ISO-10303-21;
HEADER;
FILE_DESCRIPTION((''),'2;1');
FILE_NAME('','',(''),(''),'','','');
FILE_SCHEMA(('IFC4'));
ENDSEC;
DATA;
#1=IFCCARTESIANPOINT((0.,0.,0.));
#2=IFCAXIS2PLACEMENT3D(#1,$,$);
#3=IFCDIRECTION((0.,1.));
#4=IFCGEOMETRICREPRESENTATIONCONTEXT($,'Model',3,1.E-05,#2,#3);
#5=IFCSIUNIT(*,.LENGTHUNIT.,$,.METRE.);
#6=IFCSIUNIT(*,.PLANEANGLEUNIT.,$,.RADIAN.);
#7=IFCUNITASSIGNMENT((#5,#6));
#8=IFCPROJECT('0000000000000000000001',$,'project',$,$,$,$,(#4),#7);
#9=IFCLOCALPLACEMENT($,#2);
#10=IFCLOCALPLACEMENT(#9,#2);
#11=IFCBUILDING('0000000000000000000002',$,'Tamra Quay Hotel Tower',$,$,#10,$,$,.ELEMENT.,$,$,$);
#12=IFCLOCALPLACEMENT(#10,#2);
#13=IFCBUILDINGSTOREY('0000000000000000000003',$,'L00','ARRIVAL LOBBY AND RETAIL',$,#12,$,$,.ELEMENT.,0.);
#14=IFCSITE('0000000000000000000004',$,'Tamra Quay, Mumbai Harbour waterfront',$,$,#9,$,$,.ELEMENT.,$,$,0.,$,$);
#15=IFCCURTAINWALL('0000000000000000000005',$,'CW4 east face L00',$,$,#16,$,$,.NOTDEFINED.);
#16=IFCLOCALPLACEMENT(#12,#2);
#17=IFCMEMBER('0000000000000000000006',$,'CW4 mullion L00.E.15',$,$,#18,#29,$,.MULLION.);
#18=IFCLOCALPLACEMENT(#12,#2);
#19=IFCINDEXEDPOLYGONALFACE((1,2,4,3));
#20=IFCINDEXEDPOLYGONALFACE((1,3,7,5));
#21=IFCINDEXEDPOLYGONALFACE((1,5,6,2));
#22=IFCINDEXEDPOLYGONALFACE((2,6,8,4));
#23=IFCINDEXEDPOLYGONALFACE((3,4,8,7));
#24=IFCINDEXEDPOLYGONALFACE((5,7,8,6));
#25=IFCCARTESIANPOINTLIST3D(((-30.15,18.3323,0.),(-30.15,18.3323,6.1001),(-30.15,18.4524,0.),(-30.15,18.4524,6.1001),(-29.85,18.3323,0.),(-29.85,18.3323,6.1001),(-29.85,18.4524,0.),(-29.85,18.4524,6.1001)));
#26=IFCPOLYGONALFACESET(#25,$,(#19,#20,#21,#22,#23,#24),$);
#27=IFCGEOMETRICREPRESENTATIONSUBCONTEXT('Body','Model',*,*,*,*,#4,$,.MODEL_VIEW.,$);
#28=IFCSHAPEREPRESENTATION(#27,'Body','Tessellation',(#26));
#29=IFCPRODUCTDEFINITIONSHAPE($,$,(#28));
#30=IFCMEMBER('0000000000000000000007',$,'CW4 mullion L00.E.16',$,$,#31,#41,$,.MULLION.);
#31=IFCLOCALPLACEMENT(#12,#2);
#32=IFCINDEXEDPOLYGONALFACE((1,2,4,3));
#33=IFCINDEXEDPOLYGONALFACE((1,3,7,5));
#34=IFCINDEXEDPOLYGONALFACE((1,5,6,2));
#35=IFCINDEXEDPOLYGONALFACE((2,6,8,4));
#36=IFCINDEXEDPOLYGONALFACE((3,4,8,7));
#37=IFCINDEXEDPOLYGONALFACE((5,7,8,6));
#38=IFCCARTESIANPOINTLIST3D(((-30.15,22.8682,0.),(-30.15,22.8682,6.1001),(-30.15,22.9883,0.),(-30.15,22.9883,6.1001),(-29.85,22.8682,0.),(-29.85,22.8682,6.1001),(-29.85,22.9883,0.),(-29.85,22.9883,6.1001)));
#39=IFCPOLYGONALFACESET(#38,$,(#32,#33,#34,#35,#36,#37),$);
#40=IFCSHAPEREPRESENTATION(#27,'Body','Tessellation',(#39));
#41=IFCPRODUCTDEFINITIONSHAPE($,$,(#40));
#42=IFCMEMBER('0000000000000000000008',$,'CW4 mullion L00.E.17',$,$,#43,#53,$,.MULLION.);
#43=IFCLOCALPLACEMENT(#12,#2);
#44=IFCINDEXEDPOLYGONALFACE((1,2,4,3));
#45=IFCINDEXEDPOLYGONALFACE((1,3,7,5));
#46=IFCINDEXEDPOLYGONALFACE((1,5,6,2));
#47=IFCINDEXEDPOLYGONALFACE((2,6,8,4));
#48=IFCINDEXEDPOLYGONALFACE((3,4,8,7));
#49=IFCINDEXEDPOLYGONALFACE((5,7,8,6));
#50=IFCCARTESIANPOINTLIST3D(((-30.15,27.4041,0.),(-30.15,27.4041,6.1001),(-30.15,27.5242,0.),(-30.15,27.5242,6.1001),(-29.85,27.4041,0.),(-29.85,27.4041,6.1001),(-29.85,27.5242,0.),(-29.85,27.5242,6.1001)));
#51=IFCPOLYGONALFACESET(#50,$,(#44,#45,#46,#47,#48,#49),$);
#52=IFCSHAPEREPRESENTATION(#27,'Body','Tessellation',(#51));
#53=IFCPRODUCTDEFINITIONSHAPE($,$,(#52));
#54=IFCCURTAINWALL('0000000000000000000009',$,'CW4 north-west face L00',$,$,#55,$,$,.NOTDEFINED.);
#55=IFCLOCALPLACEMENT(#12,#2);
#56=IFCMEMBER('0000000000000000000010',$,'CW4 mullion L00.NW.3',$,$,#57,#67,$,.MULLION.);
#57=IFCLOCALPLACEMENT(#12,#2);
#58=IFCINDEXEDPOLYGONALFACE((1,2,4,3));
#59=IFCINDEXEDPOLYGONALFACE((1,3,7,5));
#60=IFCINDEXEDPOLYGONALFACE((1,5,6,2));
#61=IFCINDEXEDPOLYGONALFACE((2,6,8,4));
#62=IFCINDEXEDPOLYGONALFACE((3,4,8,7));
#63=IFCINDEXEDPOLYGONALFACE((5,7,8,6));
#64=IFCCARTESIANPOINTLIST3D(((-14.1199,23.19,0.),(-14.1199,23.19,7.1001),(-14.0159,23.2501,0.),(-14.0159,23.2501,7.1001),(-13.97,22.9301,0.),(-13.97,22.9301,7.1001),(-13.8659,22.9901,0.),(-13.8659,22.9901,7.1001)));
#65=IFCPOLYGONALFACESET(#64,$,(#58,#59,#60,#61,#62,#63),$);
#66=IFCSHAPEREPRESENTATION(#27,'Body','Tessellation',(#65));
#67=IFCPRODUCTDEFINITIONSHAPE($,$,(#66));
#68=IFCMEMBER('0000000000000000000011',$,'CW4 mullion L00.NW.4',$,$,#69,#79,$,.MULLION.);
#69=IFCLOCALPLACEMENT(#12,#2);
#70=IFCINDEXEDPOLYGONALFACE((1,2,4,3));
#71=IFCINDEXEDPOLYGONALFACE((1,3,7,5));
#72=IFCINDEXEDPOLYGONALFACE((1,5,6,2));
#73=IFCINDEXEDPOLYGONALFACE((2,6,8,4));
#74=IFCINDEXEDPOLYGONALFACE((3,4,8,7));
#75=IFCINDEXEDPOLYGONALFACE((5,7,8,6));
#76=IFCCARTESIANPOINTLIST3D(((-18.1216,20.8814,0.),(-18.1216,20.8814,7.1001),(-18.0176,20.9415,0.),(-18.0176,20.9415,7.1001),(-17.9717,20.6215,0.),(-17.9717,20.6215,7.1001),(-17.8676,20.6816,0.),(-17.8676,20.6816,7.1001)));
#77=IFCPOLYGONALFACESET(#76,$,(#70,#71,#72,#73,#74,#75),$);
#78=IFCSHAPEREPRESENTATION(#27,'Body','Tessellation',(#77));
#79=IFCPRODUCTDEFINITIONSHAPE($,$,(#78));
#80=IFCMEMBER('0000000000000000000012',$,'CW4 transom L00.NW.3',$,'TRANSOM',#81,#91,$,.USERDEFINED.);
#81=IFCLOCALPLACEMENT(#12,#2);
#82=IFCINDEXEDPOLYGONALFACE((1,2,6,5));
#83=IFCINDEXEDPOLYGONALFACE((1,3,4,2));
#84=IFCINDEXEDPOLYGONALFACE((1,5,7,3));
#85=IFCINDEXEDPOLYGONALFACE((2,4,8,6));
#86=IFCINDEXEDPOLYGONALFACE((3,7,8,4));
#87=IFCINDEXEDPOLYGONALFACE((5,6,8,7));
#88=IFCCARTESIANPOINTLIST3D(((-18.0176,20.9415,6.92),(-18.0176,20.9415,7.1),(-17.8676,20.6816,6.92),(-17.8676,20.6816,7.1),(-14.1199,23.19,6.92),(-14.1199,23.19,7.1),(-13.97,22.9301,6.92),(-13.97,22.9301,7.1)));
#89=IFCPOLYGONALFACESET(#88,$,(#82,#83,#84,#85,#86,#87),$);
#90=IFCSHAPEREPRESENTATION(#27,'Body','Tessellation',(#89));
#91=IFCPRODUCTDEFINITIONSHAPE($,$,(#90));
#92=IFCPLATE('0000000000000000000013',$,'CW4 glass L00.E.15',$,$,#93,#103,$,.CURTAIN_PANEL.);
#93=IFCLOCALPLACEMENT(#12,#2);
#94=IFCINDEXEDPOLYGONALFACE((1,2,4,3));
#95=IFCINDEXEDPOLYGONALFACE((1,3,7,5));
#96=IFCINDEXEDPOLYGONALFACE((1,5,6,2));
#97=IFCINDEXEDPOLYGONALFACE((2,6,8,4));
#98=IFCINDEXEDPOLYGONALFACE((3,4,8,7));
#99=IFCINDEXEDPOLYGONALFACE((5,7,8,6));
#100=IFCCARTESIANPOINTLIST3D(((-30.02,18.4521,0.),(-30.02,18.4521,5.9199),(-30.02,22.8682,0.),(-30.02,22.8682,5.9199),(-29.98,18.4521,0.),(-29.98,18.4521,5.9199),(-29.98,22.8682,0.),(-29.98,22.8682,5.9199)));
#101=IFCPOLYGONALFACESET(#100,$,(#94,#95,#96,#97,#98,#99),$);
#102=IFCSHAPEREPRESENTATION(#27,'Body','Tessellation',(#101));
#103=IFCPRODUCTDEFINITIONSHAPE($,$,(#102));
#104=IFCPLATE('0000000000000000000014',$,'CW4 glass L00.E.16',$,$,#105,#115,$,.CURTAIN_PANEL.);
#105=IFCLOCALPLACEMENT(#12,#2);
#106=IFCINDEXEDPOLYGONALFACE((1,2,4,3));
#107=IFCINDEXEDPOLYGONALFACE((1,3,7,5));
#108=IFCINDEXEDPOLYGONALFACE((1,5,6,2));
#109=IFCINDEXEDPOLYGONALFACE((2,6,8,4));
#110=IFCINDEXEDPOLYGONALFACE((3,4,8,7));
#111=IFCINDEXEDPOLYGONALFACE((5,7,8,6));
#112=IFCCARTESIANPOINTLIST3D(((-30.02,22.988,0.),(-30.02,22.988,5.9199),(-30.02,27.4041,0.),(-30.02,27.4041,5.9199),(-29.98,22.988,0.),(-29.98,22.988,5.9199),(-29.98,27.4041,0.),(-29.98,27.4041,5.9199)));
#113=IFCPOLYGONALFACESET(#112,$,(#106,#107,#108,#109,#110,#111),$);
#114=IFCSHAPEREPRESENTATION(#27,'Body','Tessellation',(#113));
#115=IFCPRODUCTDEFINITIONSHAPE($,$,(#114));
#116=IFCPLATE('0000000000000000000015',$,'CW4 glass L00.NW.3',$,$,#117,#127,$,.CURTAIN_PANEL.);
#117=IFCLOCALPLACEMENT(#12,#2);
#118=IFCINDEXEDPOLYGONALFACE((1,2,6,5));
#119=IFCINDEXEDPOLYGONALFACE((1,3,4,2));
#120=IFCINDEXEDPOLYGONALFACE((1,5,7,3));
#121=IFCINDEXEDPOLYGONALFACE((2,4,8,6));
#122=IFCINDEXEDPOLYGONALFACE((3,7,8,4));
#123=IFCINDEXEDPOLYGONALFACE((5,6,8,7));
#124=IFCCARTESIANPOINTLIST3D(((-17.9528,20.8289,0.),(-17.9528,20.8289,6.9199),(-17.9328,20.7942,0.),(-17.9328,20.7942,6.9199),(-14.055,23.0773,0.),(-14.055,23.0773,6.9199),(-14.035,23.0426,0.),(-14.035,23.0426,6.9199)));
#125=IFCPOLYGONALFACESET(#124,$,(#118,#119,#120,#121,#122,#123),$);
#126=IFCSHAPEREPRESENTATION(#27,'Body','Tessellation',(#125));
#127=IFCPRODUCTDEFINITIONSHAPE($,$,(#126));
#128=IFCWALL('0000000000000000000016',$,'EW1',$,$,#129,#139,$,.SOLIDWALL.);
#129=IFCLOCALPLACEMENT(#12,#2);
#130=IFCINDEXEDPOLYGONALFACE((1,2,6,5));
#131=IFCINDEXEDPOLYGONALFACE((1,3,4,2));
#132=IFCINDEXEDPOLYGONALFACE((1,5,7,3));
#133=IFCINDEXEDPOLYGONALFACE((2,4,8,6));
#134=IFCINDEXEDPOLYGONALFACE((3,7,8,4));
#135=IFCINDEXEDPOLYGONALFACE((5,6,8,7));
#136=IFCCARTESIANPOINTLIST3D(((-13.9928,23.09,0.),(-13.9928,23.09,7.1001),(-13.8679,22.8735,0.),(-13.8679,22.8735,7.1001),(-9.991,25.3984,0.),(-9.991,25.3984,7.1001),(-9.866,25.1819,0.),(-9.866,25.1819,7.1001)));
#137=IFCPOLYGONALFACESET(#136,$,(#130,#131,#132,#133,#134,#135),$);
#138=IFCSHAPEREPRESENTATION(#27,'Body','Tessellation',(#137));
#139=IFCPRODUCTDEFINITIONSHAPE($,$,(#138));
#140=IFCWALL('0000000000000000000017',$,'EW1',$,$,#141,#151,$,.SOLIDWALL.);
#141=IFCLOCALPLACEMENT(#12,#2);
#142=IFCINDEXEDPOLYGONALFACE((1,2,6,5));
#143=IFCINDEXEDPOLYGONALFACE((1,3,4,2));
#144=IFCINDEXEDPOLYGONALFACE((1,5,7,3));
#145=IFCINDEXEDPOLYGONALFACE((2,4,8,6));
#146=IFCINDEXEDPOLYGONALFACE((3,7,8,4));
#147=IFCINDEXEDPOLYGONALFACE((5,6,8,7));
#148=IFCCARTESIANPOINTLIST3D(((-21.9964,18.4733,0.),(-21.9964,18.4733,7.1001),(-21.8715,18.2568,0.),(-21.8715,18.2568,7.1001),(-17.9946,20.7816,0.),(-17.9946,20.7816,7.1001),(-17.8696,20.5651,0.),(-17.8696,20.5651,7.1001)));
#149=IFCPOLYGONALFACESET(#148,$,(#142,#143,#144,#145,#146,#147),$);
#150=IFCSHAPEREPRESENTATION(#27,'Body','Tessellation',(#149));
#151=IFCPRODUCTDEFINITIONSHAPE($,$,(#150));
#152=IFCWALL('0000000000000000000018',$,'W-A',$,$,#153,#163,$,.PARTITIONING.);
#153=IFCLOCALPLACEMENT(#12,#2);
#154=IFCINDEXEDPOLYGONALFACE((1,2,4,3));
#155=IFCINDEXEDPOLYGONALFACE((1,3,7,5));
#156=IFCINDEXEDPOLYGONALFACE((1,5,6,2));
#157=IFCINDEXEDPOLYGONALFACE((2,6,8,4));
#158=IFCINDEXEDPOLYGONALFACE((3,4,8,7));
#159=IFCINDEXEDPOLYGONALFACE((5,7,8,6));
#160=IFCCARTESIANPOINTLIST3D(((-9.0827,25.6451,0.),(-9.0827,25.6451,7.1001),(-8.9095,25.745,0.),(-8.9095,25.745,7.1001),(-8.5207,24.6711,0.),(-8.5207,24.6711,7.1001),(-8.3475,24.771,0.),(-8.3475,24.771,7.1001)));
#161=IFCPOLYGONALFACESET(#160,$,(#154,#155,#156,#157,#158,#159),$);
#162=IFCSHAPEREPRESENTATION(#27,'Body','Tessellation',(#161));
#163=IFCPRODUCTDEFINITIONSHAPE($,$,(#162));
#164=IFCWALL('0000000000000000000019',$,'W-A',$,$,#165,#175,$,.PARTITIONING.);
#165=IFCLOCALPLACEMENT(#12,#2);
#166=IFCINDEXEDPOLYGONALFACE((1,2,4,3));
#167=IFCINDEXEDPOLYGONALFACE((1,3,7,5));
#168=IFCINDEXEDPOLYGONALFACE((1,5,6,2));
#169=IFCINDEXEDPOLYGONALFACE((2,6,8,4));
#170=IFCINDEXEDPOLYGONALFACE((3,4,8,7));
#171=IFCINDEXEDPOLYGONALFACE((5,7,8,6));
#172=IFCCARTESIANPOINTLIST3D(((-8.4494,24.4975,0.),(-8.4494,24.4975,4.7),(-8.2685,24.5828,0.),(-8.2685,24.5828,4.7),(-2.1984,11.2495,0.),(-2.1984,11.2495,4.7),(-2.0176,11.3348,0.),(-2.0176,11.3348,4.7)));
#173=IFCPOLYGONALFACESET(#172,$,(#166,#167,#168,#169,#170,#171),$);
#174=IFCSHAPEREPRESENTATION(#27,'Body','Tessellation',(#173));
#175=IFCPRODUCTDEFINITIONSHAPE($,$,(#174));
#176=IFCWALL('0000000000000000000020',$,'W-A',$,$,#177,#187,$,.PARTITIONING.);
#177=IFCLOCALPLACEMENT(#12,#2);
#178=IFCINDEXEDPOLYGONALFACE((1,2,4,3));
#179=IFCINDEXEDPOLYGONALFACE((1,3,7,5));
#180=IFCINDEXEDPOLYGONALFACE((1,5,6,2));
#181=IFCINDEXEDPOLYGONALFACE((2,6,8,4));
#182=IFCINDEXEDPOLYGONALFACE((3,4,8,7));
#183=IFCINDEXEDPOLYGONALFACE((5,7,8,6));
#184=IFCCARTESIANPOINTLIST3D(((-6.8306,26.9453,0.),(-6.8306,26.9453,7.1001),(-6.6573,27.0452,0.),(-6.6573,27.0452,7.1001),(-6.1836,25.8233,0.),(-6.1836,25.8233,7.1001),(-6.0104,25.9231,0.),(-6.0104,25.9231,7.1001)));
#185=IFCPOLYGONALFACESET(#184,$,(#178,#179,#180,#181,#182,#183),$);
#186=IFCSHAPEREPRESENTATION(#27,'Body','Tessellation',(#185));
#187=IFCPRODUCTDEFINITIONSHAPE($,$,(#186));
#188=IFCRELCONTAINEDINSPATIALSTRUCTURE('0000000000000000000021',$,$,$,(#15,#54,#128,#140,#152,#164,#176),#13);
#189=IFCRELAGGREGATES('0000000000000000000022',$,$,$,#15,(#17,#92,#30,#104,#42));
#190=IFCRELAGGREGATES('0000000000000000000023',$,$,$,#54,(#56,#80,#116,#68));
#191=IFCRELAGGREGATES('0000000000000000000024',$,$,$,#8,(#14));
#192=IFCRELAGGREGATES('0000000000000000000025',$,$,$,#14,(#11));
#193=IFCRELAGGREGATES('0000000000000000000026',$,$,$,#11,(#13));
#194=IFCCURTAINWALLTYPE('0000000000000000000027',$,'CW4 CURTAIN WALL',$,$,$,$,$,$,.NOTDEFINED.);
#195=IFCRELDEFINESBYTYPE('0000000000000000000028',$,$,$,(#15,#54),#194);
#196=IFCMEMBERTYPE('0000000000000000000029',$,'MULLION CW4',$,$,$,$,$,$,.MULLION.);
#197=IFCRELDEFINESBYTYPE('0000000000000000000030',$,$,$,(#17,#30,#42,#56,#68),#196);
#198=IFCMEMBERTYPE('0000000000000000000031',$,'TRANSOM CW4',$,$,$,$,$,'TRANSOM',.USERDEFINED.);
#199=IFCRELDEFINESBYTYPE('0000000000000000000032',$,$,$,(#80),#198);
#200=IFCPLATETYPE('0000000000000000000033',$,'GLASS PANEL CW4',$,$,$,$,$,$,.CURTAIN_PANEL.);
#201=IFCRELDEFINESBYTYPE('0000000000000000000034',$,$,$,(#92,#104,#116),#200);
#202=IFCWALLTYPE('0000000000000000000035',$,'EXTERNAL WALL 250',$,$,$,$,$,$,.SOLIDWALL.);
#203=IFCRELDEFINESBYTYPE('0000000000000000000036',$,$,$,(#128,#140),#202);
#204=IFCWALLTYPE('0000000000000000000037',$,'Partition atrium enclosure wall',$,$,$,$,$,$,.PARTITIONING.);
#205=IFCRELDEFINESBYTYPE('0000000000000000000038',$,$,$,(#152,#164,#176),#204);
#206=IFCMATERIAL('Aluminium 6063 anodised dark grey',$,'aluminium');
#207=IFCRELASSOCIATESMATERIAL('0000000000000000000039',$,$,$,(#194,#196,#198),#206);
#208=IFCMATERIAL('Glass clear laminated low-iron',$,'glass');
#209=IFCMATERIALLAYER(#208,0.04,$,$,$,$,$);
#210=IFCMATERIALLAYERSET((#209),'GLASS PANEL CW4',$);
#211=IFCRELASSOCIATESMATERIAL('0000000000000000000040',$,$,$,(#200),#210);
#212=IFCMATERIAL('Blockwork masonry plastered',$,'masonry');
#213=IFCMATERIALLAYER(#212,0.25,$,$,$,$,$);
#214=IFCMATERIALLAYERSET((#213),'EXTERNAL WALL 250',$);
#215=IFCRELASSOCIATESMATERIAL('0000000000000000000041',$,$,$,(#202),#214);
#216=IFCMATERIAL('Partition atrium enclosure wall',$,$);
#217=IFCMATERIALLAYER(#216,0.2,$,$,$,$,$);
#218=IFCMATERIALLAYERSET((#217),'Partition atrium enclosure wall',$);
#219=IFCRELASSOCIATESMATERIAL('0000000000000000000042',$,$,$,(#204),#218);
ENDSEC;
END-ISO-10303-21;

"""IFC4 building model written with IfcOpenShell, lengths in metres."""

from ifc_helpers import new_model, si_unit, direction, frame, frame_2d, origin, origin_2d, place, context, subcontext, project, spatial, rectangle, extrude, material, layer, layer_set, material_profile, profile_set, type_object, element, aggregate, save


model = new_model("IFC4")

# Units and contexts
model_context = context("Model", 3, precision=1e-05, world=origin(), true_north=direction((0.0, 1.0)))
body_context = subcontext(model_context, "Body", "Model", "MODEL_VIEW")
ifc_project = project(units=[si_unit("LENGTHUNIT", "METRE"), si_unit("PLANEANGLEUNIT", "RADIAN")], contexts=[model_context])

# Site, building, storey
site_placement = place(None, origin())
site = spatial("IfcSite", under=ifc_project, at=site_placement, Name="Tamra Quay, Mumbai Harbour waterfront", CompositionType="ELEMENT", RefElevation=0.0)
building_placement = place(site_placement, origin())
building = spatial("IfcBuilding", under=site, at=building_placement, Name="Tamra Quay Hotel Tower", CompositionType="ELEMENT")
storey_placement = place(building_placement, origin())
storey = spatial("IfcBuildingStorey", under=building, at=storey_placement, Name="L00", Description="ARRIVAL LOBBY AND RETAIL", CompositionType="ELEMENT", Elevation=0.0)

# Curtain walls, members
ifc_material_1 = material(Name="Aluminium 6063 anodised dark grey", Category="aluminium")
curtain_wall_type = type_object("IfcCurtainWallType", Name="CW4 CURTAIN WALL", PredefinedType="NOTDEFINED", material=ifc_material_1)
curtain_wall_1_placement = place(storey_placement, origin())
curtain_wall_1 = element("IfcCurtainWall", 1, at=curtain_wall_1_placement, inside=storey, type_object=curtain_wall_type, Name="CW4 east face L00", PredefinedType="NOTDEFINED")
ifc_material_profile_1 = material_profile(ifc_material_1, rectangle(XDim=0.3, YDim=0.1201, at=origin_2d()), Name="MULLION 120X300")
ifc_profile_set_1 = profile_set([ifc_material_profile_1], Name="Aluminium 6063 anodised dark grey")
member_type_1 = type_object("IfcMemberType", Name="MULLION CW4", PredefinedType="MULLION", material=ifc_profile_set_1)
member_1_placement = place(storey_placement, frame((-30.0, 18.3923, 0.0), z_axis=(0.0, 0.0, 1.0), x_axis=(1.0, 0.0, 0.0)))
member_1 = element("IfcMember", 2, at=member_1_placement, type_object=member_type_1, Name="CW4 mullion L00.E.15", PredefinedType="MULLION", context=body_context, shape_type="SweptSolid", body=[
    extrude(rectangle(XDim=0.3, YDim=0.1201, at=origin_2d()), origin(), (0.0, 0.0, 1.0), 6.1001),
])
member_2_placement = place(storey_placement, frame((-30.0, 22.9282, 0.0), z_axis=(0.0, 0.0, 1.0), x_axis=(1.0, 0.0, 0.0)))
member_2 = element("IfcMember", 3, at=member_2_placement, type_object=member_type_1, Name="CW4 mullion L00.E.16", PredefinedType="MULLION", context=body_context, shape_type="SweptSolid", body=[
    extrude(rectangle(XDim=0.3, YDim=0.1201, at=origin_2d()), origin(), (0.0, 0.0, 1.0), 6.1001),
])
member_3_placement = place(storey_placement, frame((-30.0, 27.4641, 0.0), z_axis=(0.0, 0.0, 1.0), x_axis=(1.0, 0.0, 0.0)))
member_3 = element("IfcMember", 4, at=member_3_placement, type_object=member_type_1, Name="CW4 mullion L00.E.17", PredefinedType="MULLION", context=body_context, shape_type="SweptSolid", body=[
    extrude(rectangle(XDim=0.3, YDim=0.1201, at=origin_2d()), origin(), (0.0, 0.0, 1.0), 6.1001),
])
curtain_wall_2_placement = place(storey_placement, origin())
curtain_wall_2 = element("IfcCurtainWall", 5, at=curtain_wall_2_placement, inside=storey, type_object=curtain_wall_type, Name="CW4 north-west face L00", PredefinedType="NOTDEFINED")
member_4_placement = place(storey_placement, frame((-13.9929, 23.0901, 0.0), z_axis=(0.0, 0.0, 1.0), x_axis=(-0.499672, 0.866215, 0.0)))
member_4 = element("IfcMember", 6, at=member_4_placement, type_object=member_type_1, Name="CW4 mullion L00.NW.3", PredefinedType="MULLION", context=body_context, shape_type="SweptSolid", body=[
    extrude(rectangle(XDim=0.3, YDim=0.1201, at=origin_2d()), origin(), (0.0, 0.0, 1.0), 7.1001),
])
member_5_placement = place(storey_placement, frame((-17.9946, 20.7815, 0.0), z_axis=(0.0, 0.0, 1.0), x_axis=(-0.499672, 0.866215, 0.0)))
member_5 = element("IfcMember", 7, at=member_5_placement, type_object=member_type_1, Name="CW4 mullion L00.NW.4", PredefinedType="MULLION", context=body_context, shape_type="SweptSolid", body=[
    extrude(rectangle(XDim=0.3, YDim=0.1201, at=origin_2d()), origin(), (0.0, 0.0, 1.0), 7.1001),
])
ifc_material_profile_2 = material_profile(ifc_material_1, rectangle(XDim=0.3, YDim=0.1799, at=origin_2d()), Name="TRANSOM 300X180")
ifc_profile_set_2 = profile_set([ifc_material_profile_2], Name="Aluminium 6063 anodised dark grey")
member_type_2 = type_object("IfcMemberType", Name="TRANSOM CW4", ElementType="TRANSOM", PredefinedType="USERDEFINED", material=ifc_profile_set_2)
member_6_placement = place(storey_placement, frame((-14.0449, 23.0601, 7.01), z_axis=(-0.866199, -0.499699, 0.0), x_axis=(0.499699, -0.866199, 0.0)))
member_6 = element("IfcMember", 8, at=member_6_placement, type_object=member_type_2, Name="CW4 transom L00.NW.3", ObjectType="TRANSOM", PredefinedType="USERDEFINED", context=body_context, shape_type="SweptSolid", body=[
    extrude(rectangle(XDim=0.3, YDim=0.1799, at=origin_2d()), origin(), (0.0, 0.0, 1.0), 4.4998),
])

# Plates
ifc_material_2 = material(Name="Glass clear laminated low-iron", Category="glass")
ifc_layer_1 = layer(ifc_material_2, 0.04)
ifc_layer_set_1 = layer_set([ifc_layer_1], Name="GLASS PANEL CW4")
plate_type = type_object("IfcPlateType", Name="GLASS PANEL CW4", PredefinedType="CURTAIN_PANEL", material=ifc_layer_set_1)
plate_1_placement = place(storey_placement, frame((-30.0, 20.6602, 0.0), z_axis=(0.0, 0.0, 1.0), x_axis=(0.0, 1.0, 0.0)))
plate_1 = element("IfcPlate", 9, at=plate_1_placement, type_object=plate_type, Name="CW4 glass L00.E.15", PredefinedType="CURTAIN_PANEL", context=body_context, shape_type="SweptSolid", body=[
    extrude(rectangle(XDim=4.416, YDim=0.04, at=origin_2d()), origin(), (0.0, 0.0, 1.0), 5.9199),
])
plate_2_placement = place(storey_placement, frame((-30.0, 25.196, 0.0), z_axis=(0.0, 0.0, 1.0), x_axis=(0.0, 1.0, 0.0)))
plate_2 = element("IfcPlate", 10, at=plate_2_placement, type_object=plate_type, Name="CW4 glass L00.E.16", PredefinedType="CURTAIN_PANEL", context=body_context, shape_type="SweptSolid", body=[
    extrude(rectangle(XDim=4.416, YDim=0.04, at=origin_2d()), origin(), (0.0, 0.0, 1.0), 5.9199),
])
aggregate(curtain_wall_1, [member_1, plate_1, member_2, plate_2, member_3])
plate_3_placement = place(storey_placement, frame((-15.9939, 21.9358, 0.0), z_axis=(0.0, 0.0, 1.0), x_axis=(-0.866215, -0.499672, 0.0)))
plate_3 = element("IfcPlate", 11, at=plate_3_placement, type_object=plate_type, Name="CW4 glass L00.NW.3", PredefinedType="CURTAIN_PANEL", context=body_context, shape_type="SweptSolid", body=[
    extrude(rectangle(XDim=4.4998, YDim=0.04, at=origin_2d()), origin(), (0.0, 0.0, 1.0), 6.9199),
])
aggregate(curtain_wall_2, [member_4, member_6, plate_3, member_5])

# Shared definitions
ifc_material_3 = material(Name="Blockwork masonry plastered", Category="masonry")
ifc_layer_2 = layer(ifc_material_3, 0.25)
ifc_layer_set_2 = layer_set([ifc_layer_2], Name="EXTERNAL WALL 250")
wall_type_1 = type_object("IfcWallType", Name="EXTERNAL WALL 250", PredefinedType="SOLIDWALL", material=ifc_layer_set_2)

# Walls
for number, where, z_axis, x_axis, name in (
    (12, (-13.9304, 22.9817, 0.0), (0.0, 0.0, 1.0), (0.866216, 0.499669, 0.0), "EW1"),
    (13, (-21.9341, 18.365, 0.0), (0.0, 0.0, 1.0), (0.86623, 0.499646, 0.0), "EW1"),
):
    element("IfcWall", number, at=place(storey_placement, frame(where, z_axis=z_axis, x_axis=x_axis)), inside=storey, type_object=wall_type_1, Name=name, PredefinedType="SOLIDWALL", context=body_context, shape_type="SweptSolid", body=[
        extrude(rectangle(XDim=4.6199, YDim=0.25, at=frame_2d((2.3101, 0.0))), origin(), (0.0, 0.0, 1.0), 7.1001),
    ])
ifc_material_4 = material(Name="Partition atrium enclosure wall")
ifc_layer_3 = layer(ifc_material_4, 0.2)
ifc_layer_set_3 = layer_set([ifc_layer_3], Name="Partition atrium enclosure wall")
wall_type_2 = type_object("IfcWallType", Name="Partition atrium enclosure wall", PredefinedType="PARTITIONING", material=ifc_layer_set_3)
wall_1_placement = place(storey_placement, frame((-8.9961, 25.6951, 0.0), z_axis=(0.0, 0.0, 1.0), x_axis=(0.499735, -0.866178, 0.0)))
element("IfcWall", 14, at=wall_1_placement, inside=storey, type_object=wall_type_2, Name="W-A", PredefinedType="PARTITIONING", context=body_context, shape_type="SweptSolid", body=[
    extrude(rectangle(XDim=1.1245, YDim=0.2, at=frame_2d((0.5623, 0.0))), origin(), (0.0, 0.0, 1.0), 7.1001),
])
wall_2_placement = place(storey_placement, frame((-8.3589, 24.54, 0.0), z_axis=(0.0, 0.0, 1.0), x_axis=(0.426725, -0.904382, 0.0)))
element("IfcWall", 15, at=wall_2_placement, inside=storey, type_object=wall_type_2, Name="W-A", PredefinedType="PARTITIONING", context=body_context, shape_type="SweptSolid", body=[
    extrude(rectangle(XDim=14.6487, YDim=0.2, at=frame_2d((7.3242, 0.0))), origin(), (0.0, 0.0, 1.0), 4.7),
])
wall_3_placement = place(storey_placement, frame((-6.7439, 26.9951, 0.0), z_axis=(0.0, 0.0, 1.0), x_axis=(0.499505, -0.866311, 0.0)))
element("IfcWall", 16, at=wall_3_placement, inside=storey, type_object=wall_type_2, Name="W-A", PredefinedType="PARTITIONING", context=body_context, shape_type="SweptSolid", body=[
    extrude(rectangle(XDim=1.2952, YDim=0.2, at=frame_2d((0.6475, 0.0))), origin(), (0.0, 0.0, 1.0), 7.1001),
])

save(model, "model.ifc")
